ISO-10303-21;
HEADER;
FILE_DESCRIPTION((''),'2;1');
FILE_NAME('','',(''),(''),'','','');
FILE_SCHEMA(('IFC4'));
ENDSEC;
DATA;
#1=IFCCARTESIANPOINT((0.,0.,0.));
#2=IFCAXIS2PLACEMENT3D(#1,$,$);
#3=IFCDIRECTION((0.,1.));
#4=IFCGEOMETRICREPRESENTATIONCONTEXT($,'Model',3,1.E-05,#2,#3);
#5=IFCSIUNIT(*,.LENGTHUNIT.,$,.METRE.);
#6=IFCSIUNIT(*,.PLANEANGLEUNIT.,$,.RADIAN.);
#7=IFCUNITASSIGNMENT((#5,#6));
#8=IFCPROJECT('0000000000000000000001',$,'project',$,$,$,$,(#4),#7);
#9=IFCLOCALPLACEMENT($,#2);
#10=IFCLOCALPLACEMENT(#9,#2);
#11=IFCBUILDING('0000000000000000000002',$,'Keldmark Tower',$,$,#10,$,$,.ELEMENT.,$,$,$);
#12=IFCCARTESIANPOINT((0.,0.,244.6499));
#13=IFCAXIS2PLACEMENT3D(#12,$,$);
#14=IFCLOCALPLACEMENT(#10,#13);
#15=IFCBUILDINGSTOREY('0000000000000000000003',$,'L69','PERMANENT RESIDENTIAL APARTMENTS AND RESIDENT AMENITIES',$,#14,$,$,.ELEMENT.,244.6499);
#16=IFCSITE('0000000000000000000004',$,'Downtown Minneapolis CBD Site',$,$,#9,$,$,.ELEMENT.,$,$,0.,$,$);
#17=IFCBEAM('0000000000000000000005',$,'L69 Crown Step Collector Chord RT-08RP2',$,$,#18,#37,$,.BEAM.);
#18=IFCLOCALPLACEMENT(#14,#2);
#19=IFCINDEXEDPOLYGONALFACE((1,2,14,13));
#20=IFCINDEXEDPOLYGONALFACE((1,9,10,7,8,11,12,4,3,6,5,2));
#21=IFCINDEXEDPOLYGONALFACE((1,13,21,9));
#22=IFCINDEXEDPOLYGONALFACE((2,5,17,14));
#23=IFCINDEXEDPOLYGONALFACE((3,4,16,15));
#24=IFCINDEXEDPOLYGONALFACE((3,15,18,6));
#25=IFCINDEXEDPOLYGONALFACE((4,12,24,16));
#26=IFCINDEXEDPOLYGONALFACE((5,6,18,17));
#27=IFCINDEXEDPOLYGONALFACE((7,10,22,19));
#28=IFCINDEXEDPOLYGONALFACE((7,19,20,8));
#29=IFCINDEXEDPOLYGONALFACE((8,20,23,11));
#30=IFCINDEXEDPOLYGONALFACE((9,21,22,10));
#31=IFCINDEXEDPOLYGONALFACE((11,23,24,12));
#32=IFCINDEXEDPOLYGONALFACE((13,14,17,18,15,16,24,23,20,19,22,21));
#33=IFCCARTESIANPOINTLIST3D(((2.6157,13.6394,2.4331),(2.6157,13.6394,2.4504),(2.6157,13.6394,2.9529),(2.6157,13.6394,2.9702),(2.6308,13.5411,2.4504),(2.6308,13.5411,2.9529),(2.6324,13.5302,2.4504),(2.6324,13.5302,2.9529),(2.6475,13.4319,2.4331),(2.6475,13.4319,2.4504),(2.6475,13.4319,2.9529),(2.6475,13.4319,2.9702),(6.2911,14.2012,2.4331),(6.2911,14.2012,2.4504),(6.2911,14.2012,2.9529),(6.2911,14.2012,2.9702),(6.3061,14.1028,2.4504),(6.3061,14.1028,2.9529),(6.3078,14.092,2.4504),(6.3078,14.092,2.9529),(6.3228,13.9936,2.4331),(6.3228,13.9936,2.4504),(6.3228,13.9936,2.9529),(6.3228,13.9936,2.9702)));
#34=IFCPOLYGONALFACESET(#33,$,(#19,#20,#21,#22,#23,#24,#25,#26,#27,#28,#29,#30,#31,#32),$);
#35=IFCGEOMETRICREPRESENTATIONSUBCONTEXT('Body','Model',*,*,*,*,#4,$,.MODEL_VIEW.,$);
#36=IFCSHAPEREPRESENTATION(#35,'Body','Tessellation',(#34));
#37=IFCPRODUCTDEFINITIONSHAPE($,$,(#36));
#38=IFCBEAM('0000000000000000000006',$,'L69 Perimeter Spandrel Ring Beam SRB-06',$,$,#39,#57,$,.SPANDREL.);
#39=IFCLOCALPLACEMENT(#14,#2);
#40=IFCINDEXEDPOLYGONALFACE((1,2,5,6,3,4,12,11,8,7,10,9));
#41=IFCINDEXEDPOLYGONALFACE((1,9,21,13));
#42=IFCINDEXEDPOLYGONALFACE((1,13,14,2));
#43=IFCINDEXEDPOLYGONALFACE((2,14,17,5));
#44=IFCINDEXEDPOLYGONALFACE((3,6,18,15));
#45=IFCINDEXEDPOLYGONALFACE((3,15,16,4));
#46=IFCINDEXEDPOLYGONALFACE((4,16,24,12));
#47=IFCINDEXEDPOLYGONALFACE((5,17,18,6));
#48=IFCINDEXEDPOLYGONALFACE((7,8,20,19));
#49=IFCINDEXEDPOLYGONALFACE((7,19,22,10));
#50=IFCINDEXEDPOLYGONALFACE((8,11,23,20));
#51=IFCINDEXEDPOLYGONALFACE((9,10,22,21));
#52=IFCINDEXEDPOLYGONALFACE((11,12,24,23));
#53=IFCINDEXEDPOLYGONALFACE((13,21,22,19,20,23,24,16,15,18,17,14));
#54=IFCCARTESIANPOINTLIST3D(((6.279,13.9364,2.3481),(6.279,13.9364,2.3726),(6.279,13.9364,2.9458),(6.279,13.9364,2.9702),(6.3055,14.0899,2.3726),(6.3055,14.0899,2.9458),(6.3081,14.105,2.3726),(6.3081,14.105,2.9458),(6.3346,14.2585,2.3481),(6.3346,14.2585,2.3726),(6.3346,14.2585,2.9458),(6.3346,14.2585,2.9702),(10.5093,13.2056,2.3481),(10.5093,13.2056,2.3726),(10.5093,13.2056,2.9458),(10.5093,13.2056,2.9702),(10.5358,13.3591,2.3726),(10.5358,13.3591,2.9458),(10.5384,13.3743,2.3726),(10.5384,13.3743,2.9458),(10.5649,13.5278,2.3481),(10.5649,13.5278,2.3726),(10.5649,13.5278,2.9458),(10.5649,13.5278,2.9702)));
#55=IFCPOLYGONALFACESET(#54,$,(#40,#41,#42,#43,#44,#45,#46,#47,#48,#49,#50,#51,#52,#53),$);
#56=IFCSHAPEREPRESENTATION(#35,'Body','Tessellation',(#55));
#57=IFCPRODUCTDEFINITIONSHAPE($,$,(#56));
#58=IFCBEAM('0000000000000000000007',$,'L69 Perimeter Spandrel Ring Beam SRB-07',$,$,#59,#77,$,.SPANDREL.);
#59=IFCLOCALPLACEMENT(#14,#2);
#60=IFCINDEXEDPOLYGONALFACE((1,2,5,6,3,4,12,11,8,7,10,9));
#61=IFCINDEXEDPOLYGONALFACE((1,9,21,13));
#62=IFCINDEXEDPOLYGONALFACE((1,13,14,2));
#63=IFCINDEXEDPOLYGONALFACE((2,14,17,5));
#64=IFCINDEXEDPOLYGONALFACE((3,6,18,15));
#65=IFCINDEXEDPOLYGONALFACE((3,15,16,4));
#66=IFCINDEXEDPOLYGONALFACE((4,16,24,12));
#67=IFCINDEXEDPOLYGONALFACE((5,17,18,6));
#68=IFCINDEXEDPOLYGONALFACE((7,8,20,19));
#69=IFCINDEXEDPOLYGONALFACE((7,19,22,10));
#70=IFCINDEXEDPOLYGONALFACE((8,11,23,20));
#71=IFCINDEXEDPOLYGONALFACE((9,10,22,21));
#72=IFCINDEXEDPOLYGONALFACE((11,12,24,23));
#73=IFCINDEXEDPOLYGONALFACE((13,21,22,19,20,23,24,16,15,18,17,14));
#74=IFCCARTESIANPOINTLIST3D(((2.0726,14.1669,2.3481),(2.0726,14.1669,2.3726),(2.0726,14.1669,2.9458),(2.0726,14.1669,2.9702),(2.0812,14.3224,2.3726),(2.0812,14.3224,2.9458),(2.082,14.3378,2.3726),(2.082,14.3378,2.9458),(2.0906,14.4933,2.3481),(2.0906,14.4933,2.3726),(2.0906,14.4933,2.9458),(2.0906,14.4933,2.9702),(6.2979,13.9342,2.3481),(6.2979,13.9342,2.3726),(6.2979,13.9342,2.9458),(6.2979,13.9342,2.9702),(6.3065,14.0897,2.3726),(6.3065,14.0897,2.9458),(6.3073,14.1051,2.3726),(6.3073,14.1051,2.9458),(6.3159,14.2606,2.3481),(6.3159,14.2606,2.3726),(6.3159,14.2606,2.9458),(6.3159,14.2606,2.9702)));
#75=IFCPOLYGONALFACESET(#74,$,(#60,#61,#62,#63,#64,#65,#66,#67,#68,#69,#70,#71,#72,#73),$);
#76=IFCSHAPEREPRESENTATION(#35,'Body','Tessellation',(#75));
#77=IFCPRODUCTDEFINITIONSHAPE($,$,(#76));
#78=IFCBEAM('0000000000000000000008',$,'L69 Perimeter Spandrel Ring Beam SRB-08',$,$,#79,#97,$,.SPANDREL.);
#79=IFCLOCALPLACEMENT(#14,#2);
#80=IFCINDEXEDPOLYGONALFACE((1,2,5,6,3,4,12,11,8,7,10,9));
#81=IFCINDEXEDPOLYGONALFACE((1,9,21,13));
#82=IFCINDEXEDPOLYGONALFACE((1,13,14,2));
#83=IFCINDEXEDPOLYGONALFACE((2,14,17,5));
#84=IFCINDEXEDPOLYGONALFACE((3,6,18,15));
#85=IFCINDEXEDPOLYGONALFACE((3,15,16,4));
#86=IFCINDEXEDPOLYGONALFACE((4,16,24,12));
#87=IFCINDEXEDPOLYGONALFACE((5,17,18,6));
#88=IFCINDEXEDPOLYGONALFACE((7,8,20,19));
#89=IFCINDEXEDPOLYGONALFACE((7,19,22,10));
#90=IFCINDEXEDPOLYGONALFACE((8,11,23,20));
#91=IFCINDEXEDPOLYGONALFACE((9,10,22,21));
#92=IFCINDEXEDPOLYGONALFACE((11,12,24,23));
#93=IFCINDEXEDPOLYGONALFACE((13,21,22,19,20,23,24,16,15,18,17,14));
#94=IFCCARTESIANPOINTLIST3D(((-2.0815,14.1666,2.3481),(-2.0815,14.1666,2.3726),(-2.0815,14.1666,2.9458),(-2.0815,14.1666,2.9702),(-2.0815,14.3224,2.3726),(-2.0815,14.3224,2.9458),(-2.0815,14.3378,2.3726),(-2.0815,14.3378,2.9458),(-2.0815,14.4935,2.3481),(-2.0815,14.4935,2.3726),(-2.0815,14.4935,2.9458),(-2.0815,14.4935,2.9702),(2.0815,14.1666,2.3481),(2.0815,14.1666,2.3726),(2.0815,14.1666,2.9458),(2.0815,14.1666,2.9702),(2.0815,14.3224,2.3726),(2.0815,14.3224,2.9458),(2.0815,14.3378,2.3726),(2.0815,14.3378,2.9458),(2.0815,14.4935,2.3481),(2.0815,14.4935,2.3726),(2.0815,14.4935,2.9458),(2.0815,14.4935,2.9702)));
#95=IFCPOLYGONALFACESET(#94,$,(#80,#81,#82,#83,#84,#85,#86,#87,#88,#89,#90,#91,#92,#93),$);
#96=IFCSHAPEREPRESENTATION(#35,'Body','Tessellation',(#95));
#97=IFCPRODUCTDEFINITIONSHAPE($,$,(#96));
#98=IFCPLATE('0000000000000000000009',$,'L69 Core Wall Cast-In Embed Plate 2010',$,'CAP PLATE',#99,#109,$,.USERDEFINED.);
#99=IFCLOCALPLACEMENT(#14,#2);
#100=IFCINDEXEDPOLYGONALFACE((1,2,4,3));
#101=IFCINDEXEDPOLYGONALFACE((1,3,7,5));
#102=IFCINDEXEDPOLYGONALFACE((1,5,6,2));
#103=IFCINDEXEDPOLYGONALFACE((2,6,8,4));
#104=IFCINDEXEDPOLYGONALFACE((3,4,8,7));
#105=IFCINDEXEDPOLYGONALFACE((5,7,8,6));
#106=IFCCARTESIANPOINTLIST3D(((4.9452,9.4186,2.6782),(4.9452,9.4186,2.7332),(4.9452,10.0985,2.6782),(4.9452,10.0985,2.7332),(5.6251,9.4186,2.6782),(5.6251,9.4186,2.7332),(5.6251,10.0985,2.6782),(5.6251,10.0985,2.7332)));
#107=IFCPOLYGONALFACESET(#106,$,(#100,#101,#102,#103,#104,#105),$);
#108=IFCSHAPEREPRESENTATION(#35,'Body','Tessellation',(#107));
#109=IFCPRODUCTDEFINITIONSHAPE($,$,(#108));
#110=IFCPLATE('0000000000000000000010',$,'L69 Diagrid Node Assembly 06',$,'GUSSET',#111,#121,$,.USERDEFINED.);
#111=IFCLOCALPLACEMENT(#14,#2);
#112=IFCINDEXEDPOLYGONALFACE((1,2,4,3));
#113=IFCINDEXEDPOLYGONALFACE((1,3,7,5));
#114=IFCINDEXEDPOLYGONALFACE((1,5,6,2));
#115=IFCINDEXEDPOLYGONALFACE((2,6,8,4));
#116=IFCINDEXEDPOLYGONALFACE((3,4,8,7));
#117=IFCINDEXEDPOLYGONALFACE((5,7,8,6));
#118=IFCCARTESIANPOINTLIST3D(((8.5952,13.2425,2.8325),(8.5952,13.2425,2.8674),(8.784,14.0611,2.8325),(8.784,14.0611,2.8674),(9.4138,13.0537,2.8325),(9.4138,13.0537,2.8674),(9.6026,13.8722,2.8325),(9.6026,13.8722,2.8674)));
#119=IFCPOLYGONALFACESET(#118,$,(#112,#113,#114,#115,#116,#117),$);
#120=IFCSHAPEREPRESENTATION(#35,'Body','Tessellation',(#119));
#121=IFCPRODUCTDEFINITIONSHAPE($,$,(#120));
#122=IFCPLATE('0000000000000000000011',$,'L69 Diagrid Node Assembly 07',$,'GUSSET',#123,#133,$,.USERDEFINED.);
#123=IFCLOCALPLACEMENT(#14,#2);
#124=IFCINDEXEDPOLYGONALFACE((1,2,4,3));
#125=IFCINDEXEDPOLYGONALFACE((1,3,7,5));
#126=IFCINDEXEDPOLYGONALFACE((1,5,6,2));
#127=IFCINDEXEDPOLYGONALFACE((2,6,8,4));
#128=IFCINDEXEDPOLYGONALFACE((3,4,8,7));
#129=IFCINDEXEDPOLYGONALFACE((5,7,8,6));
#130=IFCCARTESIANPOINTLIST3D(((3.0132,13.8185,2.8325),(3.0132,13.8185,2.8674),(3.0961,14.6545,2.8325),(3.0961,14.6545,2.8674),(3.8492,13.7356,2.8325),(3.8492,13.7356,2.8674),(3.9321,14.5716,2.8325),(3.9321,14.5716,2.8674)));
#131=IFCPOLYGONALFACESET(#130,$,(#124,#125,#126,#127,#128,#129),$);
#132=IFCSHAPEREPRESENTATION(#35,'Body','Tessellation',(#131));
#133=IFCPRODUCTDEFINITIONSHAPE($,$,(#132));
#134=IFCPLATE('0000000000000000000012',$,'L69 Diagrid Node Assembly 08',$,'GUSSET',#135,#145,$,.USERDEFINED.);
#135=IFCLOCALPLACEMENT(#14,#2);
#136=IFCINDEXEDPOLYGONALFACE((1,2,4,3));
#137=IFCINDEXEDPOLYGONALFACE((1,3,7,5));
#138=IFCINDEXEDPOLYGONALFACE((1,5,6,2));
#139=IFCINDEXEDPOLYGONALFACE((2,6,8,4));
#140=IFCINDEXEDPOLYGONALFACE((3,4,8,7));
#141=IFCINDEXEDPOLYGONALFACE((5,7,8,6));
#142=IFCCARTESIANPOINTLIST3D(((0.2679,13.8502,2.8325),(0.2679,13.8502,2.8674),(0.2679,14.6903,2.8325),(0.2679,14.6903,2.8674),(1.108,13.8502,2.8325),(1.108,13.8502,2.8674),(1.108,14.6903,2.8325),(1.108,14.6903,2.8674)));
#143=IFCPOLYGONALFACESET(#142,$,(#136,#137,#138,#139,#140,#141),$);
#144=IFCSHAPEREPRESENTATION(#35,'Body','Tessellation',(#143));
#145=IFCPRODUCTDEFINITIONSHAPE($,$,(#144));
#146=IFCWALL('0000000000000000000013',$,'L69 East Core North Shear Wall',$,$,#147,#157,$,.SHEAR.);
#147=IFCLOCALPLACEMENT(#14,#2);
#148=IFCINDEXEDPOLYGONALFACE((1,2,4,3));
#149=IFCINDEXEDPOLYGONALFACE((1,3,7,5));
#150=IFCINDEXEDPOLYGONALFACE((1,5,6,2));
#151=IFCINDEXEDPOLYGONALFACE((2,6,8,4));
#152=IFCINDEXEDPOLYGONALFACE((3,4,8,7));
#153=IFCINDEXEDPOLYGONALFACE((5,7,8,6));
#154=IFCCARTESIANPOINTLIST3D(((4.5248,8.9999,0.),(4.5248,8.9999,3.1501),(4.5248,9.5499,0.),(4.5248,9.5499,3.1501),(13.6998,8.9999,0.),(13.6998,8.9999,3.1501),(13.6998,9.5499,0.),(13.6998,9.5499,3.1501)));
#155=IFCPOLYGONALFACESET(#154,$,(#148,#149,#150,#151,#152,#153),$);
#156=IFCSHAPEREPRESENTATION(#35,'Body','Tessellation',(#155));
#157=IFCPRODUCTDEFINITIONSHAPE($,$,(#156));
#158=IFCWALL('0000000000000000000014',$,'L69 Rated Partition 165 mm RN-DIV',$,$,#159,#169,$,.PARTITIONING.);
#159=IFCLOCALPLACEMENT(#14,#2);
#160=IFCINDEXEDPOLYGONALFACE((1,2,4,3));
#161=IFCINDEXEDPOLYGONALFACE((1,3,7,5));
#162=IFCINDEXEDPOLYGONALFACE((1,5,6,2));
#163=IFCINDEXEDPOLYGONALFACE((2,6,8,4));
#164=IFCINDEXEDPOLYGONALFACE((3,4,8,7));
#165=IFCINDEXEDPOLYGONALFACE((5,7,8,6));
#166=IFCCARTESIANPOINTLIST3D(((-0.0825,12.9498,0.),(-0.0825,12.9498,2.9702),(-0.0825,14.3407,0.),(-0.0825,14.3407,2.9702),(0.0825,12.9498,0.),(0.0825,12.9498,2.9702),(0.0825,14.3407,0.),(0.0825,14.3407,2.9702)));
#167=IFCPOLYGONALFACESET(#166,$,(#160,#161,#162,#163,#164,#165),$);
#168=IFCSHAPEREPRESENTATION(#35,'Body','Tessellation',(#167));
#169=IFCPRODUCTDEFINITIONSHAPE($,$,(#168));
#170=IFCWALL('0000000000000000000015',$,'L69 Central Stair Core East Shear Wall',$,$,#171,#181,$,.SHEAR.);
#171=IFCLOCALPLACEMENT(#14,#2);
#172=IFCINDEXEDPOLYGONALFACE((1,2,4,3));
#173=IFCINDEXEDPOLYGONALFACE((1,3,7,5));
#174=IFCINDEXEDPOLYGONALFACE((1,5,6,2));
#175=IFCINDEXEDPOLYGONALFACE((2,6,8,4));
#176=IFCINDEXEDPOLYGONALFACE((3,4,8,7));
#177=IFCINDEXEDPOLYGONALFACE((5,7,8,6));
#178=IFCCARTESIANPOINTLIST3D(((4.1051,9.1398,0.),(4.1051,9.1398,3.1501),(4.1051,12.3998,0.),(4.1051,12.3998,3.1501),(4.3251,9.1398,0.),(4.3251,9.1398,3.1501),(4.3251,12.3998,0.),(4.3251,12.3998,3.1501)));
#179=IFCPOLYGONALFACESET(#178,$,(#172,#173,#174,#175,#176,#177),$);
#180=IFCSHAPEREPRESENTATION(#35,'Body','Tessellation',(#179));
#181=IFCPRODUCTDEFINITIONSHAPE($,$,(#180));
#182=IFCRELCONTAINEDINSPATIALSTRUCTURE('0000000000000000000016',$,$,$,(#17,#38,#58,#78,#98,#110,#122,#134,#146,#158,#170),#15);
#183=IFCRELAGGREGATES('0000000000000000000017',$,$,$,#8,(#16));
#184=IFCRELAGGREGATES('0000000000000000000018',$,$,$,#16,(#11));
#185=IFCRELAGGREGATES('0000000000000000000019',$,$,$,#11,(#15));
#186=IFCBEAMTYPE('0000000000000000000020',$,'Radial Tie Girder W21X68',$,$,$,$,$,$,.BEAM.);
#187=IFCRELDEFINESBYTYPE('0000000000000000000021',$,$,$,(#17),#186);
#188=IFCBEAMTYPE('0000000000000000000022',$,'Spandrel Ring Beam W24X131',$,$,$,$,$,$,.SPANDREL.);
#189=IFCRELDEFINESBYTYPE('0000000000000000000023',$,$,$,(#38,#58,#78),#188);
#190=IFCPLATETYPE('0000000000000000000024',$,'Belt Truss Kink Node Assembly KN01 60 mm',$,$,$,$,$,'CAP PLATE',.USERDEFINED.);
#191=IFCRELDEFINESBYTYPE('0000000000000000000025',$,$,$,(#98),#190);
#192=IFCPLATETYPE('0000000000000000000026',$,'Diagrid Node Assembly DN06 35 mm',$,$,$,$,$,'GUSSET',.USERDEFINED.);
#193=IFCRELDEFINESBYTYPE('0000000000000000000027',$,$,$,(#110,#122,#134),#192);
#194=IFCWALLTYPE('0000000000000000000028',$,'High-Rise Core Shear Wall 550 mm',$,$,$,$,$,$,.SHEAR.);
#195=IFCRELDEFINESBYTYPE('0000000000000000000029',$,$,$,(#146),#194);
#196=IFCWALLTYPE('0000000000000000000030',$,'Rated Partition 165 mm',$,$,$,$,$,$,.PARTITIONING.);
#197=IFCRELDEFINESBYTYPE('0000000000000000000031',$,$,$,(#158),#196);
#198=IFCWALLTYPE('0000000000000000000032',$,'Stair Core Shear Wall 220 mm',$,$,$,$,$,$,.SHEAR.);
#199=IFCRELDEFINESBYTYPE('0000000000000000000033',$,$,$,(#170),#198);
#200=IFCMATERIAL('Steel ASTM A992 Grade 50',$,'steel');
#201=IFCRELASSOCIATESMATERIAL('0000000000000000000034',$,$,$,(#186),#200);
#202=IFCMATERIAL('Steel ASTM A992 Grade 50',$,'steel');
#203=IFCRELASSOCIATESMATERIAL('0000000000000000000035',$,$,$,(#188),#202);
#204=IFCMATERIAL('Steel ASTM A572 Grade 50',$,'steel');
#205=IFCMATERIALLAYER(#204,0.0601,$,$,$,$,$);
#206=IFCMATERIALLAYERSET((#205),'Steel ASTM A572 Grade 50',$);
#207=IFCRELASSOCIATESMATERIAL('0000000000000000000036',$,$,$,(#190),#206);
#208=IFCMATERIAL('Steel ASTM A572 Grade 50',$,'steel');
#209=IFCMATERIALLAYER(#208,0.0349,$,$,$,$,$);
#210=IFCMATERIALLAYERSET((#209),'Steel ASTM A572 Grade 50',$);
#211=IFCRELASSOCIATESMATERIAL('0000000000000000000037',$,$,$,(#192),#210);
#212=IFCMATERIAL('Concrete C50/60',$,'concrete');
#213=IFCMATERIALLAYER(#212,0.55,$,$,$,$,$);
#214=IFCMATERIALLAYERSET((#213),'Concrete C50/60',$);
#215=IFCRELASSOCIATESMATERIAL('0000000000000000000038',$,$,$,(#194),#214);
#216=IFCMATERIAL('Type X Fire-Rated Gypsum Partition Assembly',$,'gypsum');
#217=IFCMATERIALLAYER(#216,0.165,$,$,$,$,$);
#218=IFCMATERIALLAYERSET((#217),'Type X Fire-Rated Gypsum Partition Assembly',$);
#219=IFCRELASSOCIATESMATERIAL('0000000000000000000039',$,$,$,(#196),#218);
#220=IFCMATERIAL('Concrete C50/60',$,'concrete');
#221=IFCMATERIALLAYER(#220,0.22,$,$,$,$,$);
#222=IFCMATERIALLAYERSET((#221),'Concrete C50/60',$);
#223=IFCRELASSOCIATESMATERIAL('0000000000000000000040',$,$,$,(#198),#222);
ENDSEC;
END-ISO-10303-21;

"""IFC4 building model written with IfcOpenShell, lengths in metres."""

from ifc_helpers import new_model, si_unit, direction, frame, frame_2d, origin, origin_2d, place, context, subcontext, project, spatial, rectangle, i_section, extrude, material, layer, layer_set, material_profile, profile_set, type_object, element, save


model = new_model("IFC4")

# Units and contexts
model_context = context("Model", 3, precision=1e-05, world=origin(), true_north=direction((0.0, 1.0)))
body_context = subcontext(model_context, "Body", "Model", "MODEL_VIEW")
ifc_project = project(units=[si_unit("LENGTHUNIT", "METRE"), si_unit("PLANEANGLEUNIT", "RADIAN")], contexts=[model_context])

# Site, building, storey
site_placement = place(None, origin())
site = spatial("IfcSite", under=ifc_project, at=site_placement, Name="Downtown Minneapolis CBD Site", CompositionType="ELEMENT", RefElevation=0.0)
building_placement = place(site_placement, origin())
building = spatial("IfcBuilding", under=site, at=building_placement, Name="Keldmark Tower", CompositionType="ELEMENT")
storey_placement = place(building_placement, frame((0.0, 0.0, 244.6499)))
storey = spatial("IfcBuildingStorey", under=building, at=storey_placement, Name="L69", Description="PERMANENT RESIDENTIAL APARTMENTS AND RESIDENT AMENITIES", CompositionType="ELEMENT", Elevation=244.6499)

# Beams
ifc_material_1 = material(Name="Steel ASTM A992 Grade 50", Category="steel")
ifc_material_profile_1 = material_profile(ifc_material_1, i_section(OverallWidth=0.21, OverallDepth=0.5371, WebThickness=0.011, FlangeThickness=0.0173, at=origin_2d()), Name="W21X68")
ifc_profile_set_1 = profile_set([ifc_material_profile_1], Name="Steel ASTM A992 Grade 50")
beam_type_1 = type_object("IfcBeamType", Name="Radial Tie Girder W21X68", PredefinedType="BEAM", material=ifc_profile_set_1)
beam_1_placement = place(storey_placement, frame((2.6316, 13.5356, 2.7017), z_axis=(0.988519, 0.151095, 0.0), x_axis=(-0.151095, 0.988519, 0.0)))
element("IfcBeam", 1, at=beam_1_placement, inside=storey, type_object=beam_type_1, Name="L69 Crown Step Collector Chord RT-08RP2", PredefinedType="BEAM", context=body_context, shape_type="SweptSolid", body=[
    extrude(i_section(OverallWidth=0.21, OverallDepth=0.5371, WebThickness=0.011, FlangeThickness=0.0173, at=origin_2d()), origin(), (0.0, 0.0, 1.0), 3.718),
])
ifc_material_2 = material(Name="Steel ASTM A992 Grade 50", Category="steel")
ifc_material_profile_2 = material_profile(ifc_material_2, i_section(OverallWidth=0.3269, OverallDepth=0.6221, WebThickness=0.0154, FlangeThickness=0.0244, at=origin_2d()), Name="W24X131")
ifc_profile_set_2 = profile_set([ifc_material_profile_2], Name="Steel ASTM A992 Grade 50")
beam_type_2 = type_object("IfcBeamType", Name="Spandrel Ring Beam W24X131", PredefinedType="SPANDREL", material=ifc_profile_set_2)
beam_2_placement = place(storey_placement, frame((10.5371, 13.3667, 2.6592), z_axis=(-0.985407, 0.170215, 0.0), x_axis=(-0.170215, -0.985407, 0.0)))
element("IfcBeam", 2, at=beam_2_placement, inside=storey, type_object=beam_type_2, Name="L69 Perimeter Spandrel Ring Beam SRB-06", PredefinedType="SPANDREL", context=body_context, shape_type="SweptSolid", body=[
    extrude(i_section(OverallWidth=0.3269, OverallDepth=0.6221, WebThickness=0.0154, FlangeThickness=0.0244, at=origin_2d()), origin(), (0.0, 0.0, 1.0), 4.293),
])
beam_3_placement = place(storey_placement, frame((6.3069, 14.0974, 2.6592), z_axis=(-0.998487, 0.054981, 0.0), x_axis=(-0.054981, -0.998487, 0.0)))
element("IfcBeam", 3, at=beam_3_placement, inside=storey, type_object=beam_type_2, Name="L69 Perimeter Spandrel Ring Beam SRB-07", PredefinedType="SPANDREL", context=body_context, shape_type="SweptSolid", body=[
    extrude(i_section(OverallWidth=0.3269, OverallDepth=0.6221, WebThickness=0.0154, FlangeThickness=0.0244, at=origin_2d()), origin(), (0.0, 0.0, 1.0), 4.2317),
])
beam_4_placement = place(storey_placement, frame((2.0815, 14.3301, 2.6592), z_axis=(-1.0, 0.0, 0.0), x_axis=(0.0, -1.0, 0.0)))
element("IfcBeam", 4, at=beam_4_placement, inside=storey, type_object=beam_type_2, Name="L69 Perimeter Spandrel Ring Beam SRB-08", PredefinedType="SPANDREL", context=body_context, shape_type="SweptSolid", body=[
    extrude(i_section(OverallWidth=0.3269, OverallDepth=0.6221, WebThickness=0.0154, FlangeThickness=0.0244, at=origin_2d()), origin(), (0.0, 0.0, 1.0), 4.1631),
])

# Plates
ifc_material_3 = material(Name="Steel ASTM A572 Grade 50", Category="steel")
ifc_layer_1 = layer(ifc_material_3, 0.0601)
ifc_layer_set_1 = layer_set([ifc_layer_1], Name="Steel ASTM A572 Grade 50")
plate_type_1 = type_object("IfcPlateType", Name="Belt Truss Kink Node Assembly KN01 60 mm", ElementType="CAP PLATE", PredefinedType="USERDEFINED", material=ifc_layer_set_1)
plate_placement = place(storey_placement, frame((5.2852, 9.7585, 2.6782), z_axis=(0.0, 0.0, 1.0), x_axis=(1.0, 0.0, 0.0)))
element("IfcPlate", 5, at=plate_placement, inside=storey, type_object=plate_type_1, Name="L69 Core Wall Cast-In Embed Plate 2010", ObjectType="CAP PLATE", PredefinedType="USERDEFINED", context=body_context, shape_type="SweptSolid", body=[
    extrude(rectangle(XDim=0.6799, YDim=0.6799, at=origin_2d()), origin(), (0.0, 0.0, 1.0), 0.0549),
])
ifc_material_4 = material(Name="Steel ASTM A572 Grade 50", Category="steel")
ifc_layer_2 = layer(ifc_material_4, 0.0349)
ifc_layer_set_2 = layer_set([ifc_layer_2], Name="Steel ASTM A572 Grade 50")
plate_type_2 = type_object("IfcPlateType", Name="Diagrid Node Assembly DN06 35 mm", ElementType="GUSSET", PredefinedType="USERDEFINED", material=ifc_layer_set_2)
for number, where, z_axis, x_axis, name in (
    (6, (9.0989, 13.5574, 2.8325), (0.0, 0.0, 1.0), (-0.974409, 0.224781, 0.0), "L69 Diagrid Node Assembly 06"),
    (7, (3.4727, 14.1951, 2.8325), (0.0, 0.0, 1.0), (-0.995125, 0.098625, 0.0), "L69 Diagrid Node Assembly 07"),
    (8, (0.688, 14.2703, 2.8325), (0.0, 0.0, 1.0), (-1.0, 0.0, 0.0), "L69 Diagrid Node Assembly 08"),
):
    element("IfcPlate", number, at=place(storey_placement, frame(where, z_axis=z_axis, x_axis=x_axis)), inside=storey, type_object=plate_type_2, Name=name, ObjectType="GUSSET", PredefinedType="USERDEFINED", context=body_context, shape_type="SweptSolid", body=[
        extrude(rectangle(XDim=0.8401, YDim=0.8401, at=origin_2d()), origin(), (0.0, 0.0, 1.0), 0.0349),
    ])

# Walls
ifc_material_5 = material(Name="Concrete C50/60", Category="concrete")
ifc_layer_3 = layer(ifc_material_5, 0.55)
ifc_layer_set_3 = layer_set([ifc_layer_3], Name="Concrete C50/60")
wall_type_1 = type_object("IfcWallType", Name="High-Rise Core Shear Wall 550 mm", PredefinedType="SHEAR", material=ifc_layer_set_3)
wall_1_placement = place(storey_placement, frame((4.5249, 9.2749, 0.0), z_axis=(0.0, 0.0, 1.0), x_axis=(1.0, 0.0, 0.0)))
element("IfcWall", 9, at=wall_1_placement, inside=storey, type_object=wall_type_1, Name="L69 East Core North Shear Wall", PredefinedType="SHEAR", context=body_context, shape_type="SweptSolid", body=[
    extrude(rectangle(XDim=9.175, YDim=0.55, at=frame_2d((4.5874, 0.0))), origin(), (0.0, 0.0, 1.0), 3.1501),
])
ifc_material_6 = material(Name="Type X Fire-Rated Gypsum Partition Assembly", Category="gypsum")
ifc_layer_4 = layer(ifc_material_6, 0.165)
ifc_layer_set_4 = layer_set([ifc_layer_4], Name="Type X Fire-Rated Gypsum Partition Assembly")
wall_type_2 = type_object("IfcWallType", Name="Rated Partition 165 mm", PredefinedType="PARTITIONING", material=ifc_layer_set_4)
wall_2_placement = place(storey_placement, frame((0.0, 12.95, 0.0), z_axis=(0.0, 0.0, 1.0), x_axis=(0.0, 1.0, 0.0)))
element("IfcWall", 10, at=wall_2_placement, inside=storey, type_object=wall_type_2, Name="L69 Rated Partition 165 mm RN-DIV", PredefinedType="PARTITIONING", context=body_context, shape_type="SweptSolid", body=[
    extrude(rectangle(XDim=1.3909, YDim=0.165, at=frame_2d((0.6953, 0.0))), origin(), (0.0, 0.0, 1.0), 2.9702),
])
ifc_material_7 = material(Name="Concrete C50/60", Category="concrete")
ifc_layer_5 = layer(ifc_material_7, 0.22)
ifc_layer_set_5 = layer_set([ifc_layer_5], Name="Concrete C50/60")
wall_type_3 = type_object("IfcWallType", Name="Stair Core Shear Wall 220 mm", PredefinedType="SHEAR", material=ifc_layer_set_5)
wall_3_placement = place(storey_placement, frame((4.2151, 9.1399, 0.0), z_axis=(0.0, 0.0, 1.0), x_axis=(0.0, 1.0, 0.0)))
element("IfcWall", 11, at=wall_3_placement, inside=storey, type_object=wall_type_3, Name="L69 Central Stair Core East Shear Wall", PredefinedType="SHEAR", context=body_context, shape_type="SweptSolid", body=[
    extrude(rectangle(XDim=3.26, YDim=0.22, at=frame_2d((1.6299, 0.0))), origin(), (0.0, 0.0, 1.0), 3.1501),
])

save(model, "model.ifc")
